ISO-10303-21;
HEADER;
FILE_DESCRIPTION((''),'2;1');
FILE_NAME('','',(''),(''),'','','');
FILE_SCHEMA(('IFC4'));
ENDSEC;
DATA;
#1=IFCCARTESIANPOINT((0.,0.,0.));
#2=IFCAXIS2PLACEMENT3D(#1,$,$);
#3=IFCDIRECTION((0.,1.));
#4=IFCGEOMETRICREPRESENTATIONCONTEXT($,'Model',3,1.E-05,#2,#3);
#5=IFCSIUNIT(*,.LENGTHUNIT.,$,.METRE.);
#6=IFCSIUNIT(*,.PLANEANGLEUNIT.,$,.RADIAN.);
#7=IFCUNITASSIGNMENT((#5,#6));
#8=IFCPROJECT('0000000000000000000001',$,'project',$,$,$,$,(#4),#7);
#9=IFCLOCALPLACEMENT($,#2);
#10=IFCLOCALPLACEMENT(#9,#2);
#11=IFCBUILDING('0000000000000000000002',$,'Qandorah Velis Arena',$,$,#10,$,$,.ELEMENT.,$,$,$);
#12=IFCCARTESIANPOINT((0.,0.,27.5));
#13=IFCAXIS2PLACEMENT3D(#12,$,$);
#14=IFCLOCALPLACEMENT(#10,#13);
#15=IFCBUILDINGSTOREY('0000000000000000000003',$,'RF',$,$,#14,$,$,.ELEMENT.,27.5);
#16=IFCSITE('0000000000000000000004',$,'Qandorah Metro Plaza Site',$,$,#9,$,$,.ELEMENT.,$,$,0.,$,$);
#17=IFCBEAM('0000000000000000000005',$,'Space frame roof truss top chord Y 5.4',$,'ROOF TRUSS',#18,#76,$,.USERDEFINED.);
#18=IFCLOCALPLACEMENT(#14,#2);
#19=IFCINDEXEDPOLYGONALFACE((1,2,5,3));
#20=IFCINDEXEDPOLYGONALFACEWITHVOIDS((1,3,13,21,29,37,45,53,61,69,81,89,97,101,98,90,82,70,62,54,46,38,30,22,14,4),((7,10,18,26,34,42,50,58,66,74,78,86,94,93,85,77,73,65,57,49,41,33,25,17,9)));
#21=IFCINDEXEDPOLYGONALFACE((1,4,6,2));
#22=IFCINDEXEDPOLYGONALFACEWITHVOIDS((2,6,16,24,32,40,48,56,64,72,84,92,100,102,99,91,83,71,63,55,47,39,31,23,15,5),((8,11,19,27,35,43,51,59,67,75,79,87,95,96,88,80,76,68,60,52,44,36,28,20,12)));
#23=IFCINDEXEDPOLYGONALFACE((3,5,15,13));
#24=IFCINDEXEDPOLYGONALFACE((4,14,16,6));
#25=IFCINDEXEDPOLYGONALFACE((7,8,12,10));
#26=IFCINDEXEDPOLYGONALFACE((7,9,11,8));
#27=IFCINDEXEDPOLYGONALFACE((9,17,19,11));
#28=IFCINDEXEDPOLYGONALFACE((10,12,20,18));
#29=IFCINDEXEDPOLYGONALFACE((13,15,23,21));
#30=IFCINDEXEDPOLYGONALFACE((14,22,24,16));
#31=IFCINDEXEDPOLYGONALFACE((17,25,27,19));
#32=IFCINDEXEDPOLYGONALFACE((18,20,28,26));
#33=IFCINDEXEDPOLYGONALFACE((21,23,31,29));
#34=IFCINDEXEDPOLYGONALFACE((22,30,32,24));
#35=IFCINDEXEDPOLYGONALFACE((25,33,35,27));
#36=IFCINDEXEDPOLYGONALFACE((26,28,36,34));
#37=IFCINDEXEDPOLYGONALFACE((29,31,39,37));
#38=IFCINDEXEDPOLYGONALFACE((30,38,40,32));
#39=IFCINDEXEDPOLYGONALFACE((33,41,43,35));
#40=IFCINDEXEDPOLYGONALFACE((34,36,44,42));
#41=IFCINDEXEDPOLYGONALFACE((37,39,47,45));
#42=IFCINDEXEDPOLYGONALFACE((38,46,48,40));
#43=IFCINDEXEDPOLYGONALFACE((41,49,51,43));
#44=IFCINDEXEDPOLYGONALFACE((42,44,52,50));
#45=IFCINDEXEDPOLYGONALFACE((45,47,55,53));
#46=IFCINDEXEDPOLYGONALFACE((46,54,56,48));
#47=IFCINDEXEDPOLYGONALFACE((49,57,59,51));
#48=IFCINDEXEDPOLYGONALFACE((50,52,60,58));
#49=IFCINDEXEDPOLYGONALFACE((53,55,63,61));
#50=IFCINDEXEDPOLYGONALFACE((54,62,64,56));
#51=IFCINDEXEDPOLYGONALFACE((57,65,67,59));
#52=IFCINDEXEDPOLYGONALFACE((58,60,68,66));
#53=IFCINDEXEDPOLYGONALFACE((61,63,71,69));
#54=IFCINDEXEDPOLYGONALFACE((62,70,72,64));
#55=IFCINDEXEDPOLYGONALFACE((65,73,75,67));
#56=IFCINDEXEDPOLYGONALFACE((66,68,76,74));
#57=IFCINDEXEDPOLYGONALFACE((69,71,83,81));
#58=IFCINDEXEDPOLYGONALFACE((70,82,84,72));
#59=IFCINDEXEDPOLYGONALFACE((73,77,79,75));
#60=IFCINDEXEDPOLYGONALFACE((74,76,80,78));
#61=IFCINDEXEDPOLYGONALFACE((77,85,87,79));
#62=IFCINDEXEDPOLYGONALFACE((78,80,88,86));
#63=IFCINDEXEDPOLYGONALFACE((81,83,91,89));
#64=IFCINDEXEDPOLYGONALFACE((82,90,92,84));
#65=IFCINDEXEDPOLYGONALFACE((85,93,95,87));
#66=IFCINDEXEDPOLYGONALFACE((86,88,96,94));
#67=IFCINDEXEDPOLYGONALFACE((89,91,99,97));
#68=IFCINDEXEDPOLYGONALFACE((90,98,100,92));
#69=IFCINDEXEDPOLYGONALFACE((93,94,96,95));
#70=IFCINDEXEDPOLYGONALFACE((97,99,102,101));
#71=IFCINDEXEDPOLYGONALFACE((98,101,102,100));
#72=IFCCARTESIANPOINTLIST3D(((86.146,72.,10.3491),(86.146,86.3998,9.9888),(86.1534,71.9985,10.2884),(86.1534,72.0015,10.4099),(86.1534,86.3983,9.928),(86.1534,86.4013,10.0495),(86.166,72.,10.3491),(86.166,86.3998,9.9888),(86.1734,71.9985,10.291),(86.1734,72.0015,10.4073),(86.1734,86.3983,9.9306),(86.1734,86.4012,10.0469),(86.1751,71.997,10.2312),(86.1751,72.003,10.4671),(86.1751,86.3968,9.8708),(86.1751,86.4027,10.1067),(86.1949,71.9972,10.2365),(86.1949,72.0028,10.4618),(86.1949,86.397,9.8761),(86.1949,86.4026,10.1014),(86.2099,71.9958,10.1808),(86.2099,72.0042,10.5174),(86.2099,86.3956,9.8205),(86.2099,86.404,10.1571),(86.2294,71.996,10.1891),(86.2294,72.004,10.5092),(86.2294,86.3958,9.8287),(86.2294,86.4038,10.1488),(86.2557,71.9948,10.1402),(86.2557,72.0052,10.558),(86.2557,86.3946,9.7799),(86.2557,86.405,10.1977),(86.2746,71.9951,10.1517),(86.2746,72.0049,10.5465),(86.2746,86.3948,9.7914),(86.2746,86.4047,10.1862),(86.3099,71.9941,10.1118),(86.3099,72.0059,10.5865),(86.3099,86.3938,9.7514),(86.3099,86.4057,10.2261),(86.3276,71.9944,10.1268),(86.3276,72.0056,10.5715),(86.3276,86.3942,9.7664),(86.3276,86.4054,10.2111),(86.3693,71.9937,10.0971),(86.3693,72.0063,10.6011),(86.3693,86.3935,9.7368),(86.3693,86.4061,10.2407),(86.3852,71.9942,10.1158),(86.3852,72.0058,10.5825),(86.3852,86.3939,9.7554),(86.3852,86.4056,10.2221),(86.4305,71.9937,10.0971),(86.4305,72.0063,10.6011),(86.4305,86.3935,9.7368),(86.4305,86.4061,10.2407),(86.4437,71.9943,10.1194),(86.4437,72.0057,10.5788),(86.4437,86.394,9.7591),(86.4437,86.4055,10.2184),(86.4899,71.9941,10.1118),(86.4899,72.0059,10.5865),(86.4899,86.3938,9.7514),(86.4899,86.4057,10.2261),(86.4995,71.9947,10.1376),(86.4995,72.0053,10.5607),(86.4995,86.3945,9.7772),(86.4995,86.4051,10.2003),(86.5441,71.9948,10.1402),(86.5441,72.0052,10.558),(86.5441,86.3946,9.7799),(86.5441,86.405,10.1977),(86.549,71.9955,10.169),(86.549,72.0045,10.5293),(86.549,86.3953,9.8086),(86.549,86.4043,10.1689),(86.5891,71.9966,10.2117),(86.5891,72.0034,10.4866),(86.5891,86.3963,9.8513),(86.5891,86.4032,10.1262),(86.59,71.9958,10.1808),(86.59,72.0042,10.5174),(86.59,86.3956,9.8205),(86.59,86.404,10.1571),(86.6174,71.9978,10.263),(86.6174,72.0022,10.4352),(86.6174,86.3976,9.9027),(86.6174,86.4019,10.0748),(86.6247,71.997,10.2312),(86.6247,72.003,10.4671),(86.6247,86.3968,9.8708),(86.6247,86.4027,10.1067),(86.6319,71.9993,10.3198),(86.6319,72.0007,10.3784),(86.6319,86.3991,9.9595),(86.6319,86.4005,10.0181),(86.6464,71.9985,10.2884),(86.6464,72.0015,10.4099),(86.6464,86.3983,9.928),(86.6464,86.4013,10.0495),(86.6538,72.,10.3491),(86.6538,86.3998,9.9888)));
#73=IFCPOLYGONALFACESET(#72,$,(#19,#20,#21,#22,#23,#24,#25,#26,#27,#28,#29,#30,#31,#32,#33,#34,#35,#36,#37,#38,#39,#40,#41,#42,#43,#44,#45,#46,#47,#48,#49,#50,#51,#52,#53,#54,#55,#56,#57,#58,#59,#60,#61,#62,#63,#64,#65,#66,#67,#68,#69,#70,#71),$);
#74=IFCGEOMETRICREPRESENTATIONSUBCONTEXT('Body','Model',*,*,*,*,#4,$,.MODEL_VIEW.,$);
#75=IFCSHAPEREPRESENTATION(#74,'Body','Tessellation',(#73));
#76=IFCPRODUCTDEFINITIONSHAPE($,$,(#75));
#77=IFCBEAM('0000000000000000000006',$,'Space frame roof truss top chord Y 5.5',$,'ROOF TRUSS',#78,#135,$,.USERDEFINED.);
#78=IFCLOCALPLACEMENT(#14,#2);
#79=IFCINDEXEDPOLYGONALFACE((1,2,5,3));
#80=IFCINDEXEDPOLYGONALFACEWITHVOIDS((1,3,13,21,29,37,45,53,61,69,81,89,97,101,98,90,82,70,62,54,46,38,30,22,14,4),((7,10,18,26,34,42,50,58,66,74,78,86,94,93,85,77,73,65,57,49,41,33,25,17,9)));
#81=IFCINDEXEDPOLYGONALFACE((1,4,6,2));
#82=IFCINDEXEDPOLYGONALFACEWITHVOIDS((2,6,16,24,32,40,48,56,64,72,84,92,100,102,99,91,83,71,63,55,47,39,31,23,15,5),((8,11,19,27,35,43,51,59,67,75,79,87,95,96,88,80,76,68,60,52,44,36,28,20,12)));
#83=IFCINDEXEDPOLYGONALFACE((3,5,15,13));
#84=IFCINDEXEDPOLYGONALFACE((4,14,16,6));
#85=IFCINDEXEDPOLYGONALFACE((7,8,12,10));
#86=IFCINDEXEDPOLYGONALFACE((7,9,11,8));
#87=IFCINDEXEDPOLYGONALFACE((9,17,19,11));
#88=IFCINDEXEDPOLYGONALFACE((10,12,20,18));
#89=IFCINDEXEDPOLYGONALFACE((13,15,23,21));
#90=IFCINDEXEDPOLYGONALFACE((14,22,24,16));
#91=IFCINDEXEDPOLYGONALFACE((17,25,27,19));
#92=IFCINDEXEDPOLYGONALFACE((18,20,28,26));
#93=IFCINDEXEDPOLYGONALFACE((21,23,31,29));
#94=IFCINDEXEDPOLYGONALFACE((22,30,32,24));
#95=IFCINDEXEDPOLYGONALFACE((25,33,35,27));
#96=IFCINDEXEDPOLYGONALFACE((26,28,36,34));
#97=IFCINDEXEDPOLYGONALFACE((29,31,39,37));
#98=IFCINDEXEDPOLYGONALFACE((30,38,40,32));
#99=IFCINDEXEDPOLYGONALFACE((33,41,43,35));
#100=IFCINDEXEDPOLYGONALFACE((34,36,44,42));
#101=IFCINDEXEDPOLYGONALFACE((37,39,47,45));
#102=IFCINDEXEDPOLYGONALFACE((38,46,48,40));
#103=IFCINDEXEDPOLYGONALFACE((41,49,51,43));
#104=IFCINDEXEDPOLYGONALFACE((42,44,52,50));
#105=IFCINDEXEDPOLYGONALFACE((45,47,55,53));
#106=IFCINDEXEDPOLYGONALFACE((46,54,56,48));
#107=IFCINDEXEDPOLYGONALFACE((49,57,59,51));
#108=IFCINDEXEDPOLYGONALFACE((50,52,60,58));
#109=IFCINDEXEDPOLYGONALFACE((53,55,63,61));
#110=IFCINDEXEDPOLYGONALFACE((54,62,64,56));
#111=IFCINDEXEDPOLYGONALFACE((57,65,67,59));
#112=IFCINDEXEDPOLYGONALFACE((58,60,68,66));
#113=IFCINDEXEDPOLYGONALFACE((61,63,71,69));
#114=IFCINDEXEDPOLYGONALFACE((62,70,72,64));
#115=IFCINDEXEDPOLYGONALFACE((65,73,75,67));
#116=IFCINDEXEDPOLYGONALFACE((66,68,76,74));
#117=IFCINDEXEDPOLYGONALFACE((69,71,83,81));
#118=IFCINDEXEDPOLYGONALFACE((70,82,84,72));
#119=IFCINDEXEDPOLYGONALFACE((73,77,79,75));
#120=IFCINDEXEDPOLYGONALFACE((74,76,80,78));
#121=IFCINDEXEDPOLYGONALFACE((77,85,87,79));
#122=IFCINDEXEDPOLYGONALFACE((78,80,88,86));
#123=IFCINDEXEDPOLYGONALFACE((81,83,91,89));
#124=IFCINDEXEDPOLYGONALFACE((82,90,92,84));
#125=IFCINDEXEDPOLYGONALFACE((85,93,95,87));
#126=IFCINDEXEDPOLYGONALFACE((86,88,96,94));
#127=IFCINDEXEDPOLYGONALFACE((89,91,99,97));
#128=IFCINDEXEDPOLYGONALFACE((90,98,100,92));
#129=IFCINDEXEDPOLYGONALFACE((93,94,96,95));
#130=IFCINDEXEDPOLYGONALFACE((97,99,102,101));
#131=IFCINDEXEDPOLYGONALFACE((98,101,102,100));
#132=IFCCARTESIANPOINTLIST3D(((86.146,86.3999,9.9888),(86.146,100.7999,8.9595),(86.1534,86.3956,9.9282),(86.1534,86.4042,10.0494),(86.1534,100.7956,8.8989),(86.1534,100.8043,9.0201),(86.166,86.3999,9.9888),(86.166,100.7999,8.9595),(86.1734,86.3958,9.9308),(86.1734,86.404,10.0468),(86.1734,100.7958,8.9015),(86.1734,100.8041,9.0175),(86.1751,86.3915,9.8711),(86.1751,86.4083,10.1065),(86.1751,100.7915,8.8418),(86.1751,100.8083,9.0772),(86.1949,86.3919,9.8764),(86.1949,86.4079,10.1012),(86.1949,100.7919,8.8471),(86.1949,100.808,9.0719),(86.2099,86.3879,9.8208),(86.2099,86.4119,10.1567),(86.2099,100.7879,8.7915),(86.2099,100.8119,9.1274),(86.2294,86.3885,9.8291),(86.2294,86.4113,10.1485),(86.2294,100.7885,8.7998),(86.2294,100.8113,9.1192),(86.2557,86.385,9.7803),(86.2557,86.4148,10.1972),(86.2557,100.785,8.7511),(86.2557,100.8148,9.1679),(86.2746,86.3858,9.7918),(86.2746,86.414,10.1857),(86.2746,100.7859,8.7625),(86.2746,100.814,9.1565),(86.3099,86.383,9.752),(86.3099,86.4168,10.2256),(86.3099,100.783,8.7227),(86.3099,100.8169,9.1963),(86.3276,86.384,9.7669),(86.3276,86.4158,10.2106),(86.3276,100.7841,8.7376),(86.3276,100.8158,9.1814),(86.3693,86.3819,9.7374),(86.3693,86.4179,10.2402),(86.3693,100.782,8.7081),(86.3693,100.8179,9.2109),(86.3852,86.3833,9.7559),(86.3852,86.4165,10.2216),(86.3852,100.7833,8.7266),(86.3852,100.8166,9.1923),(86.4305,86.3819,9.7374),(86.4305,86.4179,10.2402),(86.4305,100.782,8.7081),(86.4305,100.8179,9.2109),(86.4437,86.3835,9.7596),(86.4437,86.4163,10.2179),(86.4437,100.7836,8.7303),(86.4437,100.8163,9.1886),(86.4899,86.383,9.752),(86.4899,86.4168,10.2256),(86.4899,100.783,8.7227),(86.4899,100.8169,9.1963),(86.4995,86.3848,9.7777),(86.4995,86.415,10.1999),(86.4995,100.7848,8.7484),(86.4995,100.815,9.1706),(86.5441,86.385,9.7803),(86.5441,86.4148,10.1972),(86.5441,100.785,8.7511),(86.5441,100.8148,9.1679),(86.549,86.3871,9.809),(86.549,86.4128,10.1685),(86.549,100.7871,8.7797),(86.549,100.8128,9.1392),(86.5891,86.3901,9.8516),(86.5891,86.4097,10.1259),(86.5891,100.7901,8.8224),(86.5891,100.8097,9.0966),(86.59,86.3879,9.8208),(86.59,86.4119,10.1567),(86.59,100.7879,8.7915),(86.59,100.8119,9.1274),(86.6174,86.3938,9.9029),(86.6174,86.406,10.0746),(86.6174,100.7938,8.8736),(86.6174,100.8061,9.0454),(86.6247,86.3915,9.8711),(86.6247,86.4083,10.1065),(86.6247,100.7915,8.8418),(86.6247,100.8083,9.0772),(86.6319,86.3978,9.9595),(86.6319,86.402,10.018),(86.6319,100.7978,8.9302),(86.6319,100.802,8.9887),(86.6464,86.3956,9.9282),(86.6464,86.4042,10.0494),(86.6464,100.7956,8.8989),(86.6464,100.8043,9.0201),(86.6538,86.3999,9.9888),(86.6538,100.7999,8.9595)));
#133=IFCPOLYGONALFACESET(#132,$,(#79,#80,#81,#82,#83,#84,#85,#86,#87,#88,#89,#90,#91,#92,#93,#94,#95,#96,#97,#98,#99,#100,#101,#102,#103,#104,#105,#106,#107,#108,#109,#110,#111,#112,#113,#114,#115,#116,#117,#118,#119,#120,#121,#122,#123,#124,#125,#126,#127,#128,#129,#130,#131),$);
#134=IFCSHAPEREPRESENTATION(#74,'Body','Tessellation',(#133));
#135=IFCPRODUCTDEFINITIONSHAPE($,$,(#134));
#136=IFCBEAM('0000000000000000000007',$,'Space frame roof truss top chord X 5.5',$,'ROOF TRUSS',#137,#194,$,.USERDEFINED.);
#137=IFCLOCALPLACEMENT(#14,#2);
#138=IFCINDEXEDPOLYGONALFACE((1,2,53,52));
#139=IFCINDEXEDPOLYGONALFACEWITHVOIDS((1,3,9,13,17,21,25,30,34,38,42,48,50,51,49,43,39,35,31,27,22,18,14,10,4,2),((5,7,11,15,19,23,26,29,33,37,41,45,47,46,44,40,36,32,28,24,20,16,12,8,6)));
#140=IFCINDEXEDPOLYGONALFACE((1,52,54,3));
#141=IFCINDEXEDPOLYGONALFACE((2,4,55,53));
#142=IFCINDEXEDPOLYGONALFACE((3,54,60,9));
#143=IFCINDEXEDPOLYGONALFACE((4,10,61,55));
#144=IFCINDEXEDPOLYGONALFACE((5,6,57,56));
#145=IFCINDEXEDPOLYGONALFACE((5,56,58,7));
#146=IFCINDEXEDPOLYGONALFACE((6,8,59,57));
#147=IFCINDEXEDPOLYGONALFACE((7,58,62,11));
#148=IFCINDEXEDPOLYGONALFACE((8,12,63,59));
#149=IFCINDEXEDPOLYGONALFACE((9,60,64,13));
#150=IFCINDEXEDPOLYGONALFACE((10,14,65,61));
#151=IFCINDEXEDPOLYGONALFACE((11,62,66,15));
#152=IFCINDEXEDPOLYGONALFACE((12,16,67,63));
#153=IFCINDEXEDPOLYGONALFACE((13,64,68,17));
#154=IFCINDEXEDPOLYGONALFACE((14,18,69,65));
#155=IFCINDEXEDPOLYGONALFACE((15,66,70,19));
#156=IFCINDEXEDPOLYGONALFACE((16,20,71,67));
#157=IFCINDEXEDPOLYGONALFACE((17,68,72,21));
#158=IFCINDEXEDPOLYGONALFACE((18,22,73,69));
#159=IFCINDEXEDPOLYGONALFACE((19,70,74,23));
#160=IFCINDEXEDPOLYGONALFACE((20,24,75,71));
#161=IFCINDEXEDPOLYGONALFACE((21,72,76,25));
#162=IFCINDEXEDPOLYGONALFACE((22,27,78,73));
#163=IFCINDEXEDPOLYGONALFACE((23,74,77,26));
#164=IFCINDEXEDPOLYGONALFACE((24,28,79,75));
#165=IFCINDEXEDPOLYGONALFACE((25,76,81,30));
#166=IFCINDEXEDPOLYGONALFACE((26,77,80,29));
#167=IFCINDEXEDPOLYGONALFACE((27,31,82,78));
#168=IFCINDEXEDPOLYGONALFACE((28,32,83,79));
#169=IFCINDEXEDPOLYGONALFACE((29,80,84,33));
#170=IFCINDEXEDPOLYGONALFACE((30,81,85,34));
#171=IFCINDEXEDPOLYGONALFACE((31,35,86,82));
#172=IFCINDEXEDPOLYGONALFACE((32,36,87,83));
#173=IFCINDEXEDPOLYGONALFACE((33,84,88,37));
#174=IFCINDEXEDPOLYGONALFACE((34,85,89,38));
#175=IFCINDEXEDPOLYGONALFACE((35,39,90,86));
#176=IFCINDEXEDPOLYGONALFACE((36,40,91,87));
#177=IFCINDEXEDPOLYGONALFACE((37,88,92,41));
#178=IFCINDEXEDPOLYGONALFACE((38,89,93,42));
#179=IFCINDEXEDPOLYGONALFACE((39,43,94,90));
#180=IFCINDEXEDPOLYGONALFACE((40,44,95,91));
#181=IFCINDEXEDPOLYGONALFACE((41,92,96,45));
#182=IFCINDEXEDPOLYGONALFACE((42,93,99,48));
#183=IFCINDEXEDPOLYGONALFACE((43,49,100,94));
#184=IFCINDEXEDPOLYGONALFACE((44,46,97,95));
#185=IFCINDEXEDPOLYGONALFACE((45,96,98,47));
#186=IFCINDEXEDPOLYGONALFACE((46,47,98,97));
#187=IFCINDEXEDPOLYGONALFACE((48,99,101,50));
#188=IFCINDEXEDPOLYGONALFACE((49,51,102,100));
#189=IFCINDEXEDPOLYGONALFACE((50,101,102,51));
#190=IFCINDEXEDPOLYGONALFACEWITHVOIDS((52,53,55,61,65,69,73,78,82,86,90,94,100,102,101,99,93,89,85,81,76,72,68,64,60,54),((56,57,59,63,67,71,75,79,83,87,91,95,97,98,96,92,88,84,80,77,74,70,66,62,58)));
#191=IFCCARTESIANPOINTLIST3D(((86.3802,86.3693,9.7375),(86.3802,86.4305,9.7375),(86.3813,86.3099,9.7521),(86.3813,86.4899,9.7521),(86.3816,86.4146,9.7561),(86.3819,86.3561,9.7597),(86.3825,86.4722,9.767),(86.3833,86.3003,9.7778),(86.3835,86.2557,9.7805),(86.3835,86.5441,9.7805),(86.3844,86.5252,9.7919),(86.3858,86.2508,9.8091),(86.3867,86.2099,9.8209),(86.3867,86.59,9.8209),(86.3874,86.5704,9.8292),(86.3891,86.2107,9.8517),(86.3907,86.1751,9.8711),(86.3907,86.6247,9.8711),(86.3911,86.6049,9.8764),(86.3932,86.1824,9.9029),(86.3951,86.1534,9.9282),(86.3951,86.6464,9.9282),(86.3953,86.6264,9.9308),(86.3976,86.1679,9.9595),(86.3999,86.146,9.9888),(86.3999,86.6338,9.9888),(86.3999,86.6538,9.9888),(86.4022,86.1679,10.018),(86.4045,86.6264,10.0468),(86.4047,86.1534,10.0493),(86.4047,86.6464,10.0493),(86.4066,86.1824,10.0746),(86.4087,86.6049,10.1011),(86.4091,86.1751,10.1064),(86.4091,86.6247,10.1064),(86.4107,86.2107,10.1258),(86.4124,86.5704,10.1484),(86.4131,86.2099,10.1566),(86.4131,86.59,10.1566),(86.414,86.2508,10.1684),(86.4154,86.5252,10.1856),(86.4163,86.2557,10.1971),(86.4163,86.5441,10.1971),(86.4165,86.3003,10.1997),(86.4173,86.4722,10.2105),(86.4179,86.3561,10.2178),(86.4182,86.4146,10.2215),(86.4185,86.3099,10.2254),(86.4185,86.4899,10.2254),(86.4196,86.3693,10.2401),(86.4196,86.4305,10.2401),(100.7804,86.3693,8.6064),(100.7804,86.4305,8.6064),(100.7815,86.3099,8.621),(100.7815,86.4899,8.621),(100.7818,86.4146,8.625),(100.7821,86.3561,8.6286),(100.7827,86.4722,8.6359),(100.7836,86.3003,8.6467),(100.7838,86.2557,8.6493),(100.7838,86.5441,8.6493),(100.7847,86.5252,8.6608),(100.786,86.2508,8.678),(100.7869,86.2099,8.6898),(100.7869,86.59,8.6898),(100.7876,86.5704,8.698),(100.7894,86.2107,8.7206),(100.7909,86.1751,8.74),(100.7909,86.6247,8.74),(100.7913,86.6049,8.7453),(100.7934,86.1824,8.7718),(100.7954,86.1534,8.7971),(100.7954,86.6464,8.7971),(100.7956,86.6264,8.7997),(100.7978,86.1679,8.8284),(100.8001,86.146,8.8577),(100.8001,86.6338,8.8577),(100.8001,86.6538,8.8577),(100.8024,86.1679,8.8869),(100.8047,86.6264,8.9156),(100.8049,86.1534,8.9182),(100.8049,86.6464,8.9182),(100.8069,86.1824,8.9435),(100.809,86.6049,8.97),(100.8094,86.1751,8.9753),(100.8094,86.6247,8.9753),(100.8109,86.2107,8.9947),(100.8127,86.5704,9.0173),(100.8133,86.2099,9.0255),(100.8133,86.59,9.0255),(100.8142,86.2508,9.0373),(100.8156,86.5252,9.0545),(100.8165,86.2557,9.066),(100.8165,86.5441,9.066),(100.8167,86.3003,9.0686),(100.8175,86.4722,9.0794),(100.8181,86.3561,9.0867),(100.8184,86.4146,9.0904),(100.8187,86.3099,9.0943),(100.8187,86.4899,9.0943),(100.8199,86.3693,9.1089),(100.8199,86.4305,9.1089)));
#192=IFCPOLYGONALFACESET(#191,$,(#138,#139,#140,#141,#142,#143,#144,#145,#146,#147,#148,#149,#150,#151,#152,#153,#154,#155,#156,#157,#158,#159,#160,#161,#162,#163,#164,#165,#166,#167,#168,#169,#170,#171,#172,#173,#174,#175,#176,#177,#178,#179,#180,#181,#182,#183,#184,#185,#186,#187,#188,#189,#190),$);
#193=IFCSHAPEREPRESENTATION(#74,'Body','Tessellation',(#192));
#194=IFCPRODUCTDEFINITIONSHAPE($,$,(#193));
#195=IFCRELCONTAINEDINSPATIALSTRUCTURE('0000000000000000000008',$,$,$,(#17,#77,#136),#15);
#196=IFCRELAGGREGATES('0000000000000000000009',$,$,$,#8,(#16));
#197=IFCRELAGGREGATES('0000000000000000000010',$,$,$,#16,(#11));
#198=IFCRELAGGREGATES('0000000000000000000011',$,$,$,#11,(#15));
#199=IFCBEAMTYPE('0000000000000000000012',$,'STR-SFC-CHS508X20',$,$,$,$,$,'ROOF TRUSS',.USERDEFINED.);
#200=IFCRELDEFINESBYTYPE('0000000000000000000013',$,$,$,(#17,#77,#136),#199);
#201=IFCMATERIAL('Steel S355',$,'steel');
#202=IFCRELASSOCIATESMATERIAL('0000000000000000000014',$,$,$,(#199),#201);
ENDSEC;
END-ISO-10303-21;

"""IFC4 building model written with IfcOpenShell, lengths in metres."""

from ifc_helpers import new_model, si_unit, direction, frame, origin, origin_2d, place, context, subcontext, project, spatial, hollow_circle, extrude, material, material_profile, profile_set, type_object, element, save


model = new_model("IFC4")

# Units and contexts
model_context = context("Model", 3, precision=1e-05, world=origin(), true_north=direction((0.0, 1.0)))
body_context = subcontext(model_context, "Body", "Model", "MODEL_VIEW")
ifc_project = project(units=[si_unit("LENGTHUNIT", "METRE"), si_unit("PLANEANGLEUNIT", "RADIAN")], contexts=[model_context])

# Site, building, storey
site_placement = place(None, origin())
site = spatial("IfcSite", under=ifc_project, at=site_placement, Name="Qandorah Metro Plaza Site", CompositionType="ELEMENT", RefElevation=0.0)
building_placement = place(site_placement, origin())
building = spatial("IfcBuilding", under=site, at=building_placement, Name="Qandorah Velis Arena", CompositionType="ELEMENT")
storey_placement = place(building_placement, frame((0.0, 0.0, 27.5)))
storey = spatial("IfcBuildingStorey", under=building, at=storey_placement, Name="RF", CompositionType="ELEMENT", Elevation=27.5)

# Shared definitions
ifc_material_1 = material(Name="Steel S355", Category="steel")

# Beams
ifc_material_profile_1 = material_profile(ifc_material_1, hollow_circle(Radius=0.2539, WallThickness=0.02, at=origin_2d()), Name="CHS 508x20")
ifc_profile_set_1 = profile_set([ifc_material_profile_1], Name="Steel S355")
beam_type_1 = type_object("IfcBeamType", Name="STR-SFC-CHS508X20", ElementType="ROOF TRUSS", PredefinedType="USERDEFINED", material=ifc_profile_set_1)
beam_1_placement = place(storey_placement, frame((86.3999, 72.0, 10.3491), z_axis=(0.0, 0.999687, -0.025017), x_axis=(-1.0, 0.0, 0.0)))
element("IfcBeam", 1, at=beam_1_placement, inside=storey, type_object=beam_type_1, Name="Space frame roof truss top chord Y 5.4", ObjectType="ROOF TRUSS", PredefinedType="USERDEFINED", context=body_context, shape_type="SweptSolid", body=[
    extrude(hollow_circle(Radius=0.2539, WallThickness=0.02, at=origin_2d()), origin(), (0.0, 0.0, 1.0), 14.4043),
])
beam_2_placement = place(storey_placement, frame((86.3999, 86.3999, 9.9888), z_axis=(0.0, 0.997455, -0.071296), x_axis=(-1.0, 0.0, 0.0)))
element("IfcBeam", 2, at=beam_2_placement, inside=storey, type_object=beam_type_1, Name="Space frame roof truss top chord Y 5.5", ObjectType="ROOF TRUSS", PredefinedType="USERDEFINED", context=body_context, shape_type="SweptSolid", body=[
    extrude(hollow_circle(Radius=0.2539, WallThickness=0.02, at=origin_2d()), origin(), (0.0, 0.0, 1.0), 14.4368),
])
beam_3_placement = place(storey_placement, frame((86.3999, 86.3999, 9.9888), z_axis=(0.996929, 0.0, -0.078307), x_axis=(0.0, 1.0, 0.0)))
element("IfcBeam", 3, at=beam_3_placement, inside=storey, type_object=beam_type_1, Name="Space frame roof truss top chord X 5.5", ObjectType="ROOF TRUSS", PredefinedType="USERDEFINED", context=body_context, shape_type="SweptSolid", body=[
    extrude(hollow_circle(Radius=0.2539, WallThickness=0.02, at=origin_2d()), origin(), (0.0, 0.0, 1.0), 14.4446),
])

save(model, "model.ifc")
